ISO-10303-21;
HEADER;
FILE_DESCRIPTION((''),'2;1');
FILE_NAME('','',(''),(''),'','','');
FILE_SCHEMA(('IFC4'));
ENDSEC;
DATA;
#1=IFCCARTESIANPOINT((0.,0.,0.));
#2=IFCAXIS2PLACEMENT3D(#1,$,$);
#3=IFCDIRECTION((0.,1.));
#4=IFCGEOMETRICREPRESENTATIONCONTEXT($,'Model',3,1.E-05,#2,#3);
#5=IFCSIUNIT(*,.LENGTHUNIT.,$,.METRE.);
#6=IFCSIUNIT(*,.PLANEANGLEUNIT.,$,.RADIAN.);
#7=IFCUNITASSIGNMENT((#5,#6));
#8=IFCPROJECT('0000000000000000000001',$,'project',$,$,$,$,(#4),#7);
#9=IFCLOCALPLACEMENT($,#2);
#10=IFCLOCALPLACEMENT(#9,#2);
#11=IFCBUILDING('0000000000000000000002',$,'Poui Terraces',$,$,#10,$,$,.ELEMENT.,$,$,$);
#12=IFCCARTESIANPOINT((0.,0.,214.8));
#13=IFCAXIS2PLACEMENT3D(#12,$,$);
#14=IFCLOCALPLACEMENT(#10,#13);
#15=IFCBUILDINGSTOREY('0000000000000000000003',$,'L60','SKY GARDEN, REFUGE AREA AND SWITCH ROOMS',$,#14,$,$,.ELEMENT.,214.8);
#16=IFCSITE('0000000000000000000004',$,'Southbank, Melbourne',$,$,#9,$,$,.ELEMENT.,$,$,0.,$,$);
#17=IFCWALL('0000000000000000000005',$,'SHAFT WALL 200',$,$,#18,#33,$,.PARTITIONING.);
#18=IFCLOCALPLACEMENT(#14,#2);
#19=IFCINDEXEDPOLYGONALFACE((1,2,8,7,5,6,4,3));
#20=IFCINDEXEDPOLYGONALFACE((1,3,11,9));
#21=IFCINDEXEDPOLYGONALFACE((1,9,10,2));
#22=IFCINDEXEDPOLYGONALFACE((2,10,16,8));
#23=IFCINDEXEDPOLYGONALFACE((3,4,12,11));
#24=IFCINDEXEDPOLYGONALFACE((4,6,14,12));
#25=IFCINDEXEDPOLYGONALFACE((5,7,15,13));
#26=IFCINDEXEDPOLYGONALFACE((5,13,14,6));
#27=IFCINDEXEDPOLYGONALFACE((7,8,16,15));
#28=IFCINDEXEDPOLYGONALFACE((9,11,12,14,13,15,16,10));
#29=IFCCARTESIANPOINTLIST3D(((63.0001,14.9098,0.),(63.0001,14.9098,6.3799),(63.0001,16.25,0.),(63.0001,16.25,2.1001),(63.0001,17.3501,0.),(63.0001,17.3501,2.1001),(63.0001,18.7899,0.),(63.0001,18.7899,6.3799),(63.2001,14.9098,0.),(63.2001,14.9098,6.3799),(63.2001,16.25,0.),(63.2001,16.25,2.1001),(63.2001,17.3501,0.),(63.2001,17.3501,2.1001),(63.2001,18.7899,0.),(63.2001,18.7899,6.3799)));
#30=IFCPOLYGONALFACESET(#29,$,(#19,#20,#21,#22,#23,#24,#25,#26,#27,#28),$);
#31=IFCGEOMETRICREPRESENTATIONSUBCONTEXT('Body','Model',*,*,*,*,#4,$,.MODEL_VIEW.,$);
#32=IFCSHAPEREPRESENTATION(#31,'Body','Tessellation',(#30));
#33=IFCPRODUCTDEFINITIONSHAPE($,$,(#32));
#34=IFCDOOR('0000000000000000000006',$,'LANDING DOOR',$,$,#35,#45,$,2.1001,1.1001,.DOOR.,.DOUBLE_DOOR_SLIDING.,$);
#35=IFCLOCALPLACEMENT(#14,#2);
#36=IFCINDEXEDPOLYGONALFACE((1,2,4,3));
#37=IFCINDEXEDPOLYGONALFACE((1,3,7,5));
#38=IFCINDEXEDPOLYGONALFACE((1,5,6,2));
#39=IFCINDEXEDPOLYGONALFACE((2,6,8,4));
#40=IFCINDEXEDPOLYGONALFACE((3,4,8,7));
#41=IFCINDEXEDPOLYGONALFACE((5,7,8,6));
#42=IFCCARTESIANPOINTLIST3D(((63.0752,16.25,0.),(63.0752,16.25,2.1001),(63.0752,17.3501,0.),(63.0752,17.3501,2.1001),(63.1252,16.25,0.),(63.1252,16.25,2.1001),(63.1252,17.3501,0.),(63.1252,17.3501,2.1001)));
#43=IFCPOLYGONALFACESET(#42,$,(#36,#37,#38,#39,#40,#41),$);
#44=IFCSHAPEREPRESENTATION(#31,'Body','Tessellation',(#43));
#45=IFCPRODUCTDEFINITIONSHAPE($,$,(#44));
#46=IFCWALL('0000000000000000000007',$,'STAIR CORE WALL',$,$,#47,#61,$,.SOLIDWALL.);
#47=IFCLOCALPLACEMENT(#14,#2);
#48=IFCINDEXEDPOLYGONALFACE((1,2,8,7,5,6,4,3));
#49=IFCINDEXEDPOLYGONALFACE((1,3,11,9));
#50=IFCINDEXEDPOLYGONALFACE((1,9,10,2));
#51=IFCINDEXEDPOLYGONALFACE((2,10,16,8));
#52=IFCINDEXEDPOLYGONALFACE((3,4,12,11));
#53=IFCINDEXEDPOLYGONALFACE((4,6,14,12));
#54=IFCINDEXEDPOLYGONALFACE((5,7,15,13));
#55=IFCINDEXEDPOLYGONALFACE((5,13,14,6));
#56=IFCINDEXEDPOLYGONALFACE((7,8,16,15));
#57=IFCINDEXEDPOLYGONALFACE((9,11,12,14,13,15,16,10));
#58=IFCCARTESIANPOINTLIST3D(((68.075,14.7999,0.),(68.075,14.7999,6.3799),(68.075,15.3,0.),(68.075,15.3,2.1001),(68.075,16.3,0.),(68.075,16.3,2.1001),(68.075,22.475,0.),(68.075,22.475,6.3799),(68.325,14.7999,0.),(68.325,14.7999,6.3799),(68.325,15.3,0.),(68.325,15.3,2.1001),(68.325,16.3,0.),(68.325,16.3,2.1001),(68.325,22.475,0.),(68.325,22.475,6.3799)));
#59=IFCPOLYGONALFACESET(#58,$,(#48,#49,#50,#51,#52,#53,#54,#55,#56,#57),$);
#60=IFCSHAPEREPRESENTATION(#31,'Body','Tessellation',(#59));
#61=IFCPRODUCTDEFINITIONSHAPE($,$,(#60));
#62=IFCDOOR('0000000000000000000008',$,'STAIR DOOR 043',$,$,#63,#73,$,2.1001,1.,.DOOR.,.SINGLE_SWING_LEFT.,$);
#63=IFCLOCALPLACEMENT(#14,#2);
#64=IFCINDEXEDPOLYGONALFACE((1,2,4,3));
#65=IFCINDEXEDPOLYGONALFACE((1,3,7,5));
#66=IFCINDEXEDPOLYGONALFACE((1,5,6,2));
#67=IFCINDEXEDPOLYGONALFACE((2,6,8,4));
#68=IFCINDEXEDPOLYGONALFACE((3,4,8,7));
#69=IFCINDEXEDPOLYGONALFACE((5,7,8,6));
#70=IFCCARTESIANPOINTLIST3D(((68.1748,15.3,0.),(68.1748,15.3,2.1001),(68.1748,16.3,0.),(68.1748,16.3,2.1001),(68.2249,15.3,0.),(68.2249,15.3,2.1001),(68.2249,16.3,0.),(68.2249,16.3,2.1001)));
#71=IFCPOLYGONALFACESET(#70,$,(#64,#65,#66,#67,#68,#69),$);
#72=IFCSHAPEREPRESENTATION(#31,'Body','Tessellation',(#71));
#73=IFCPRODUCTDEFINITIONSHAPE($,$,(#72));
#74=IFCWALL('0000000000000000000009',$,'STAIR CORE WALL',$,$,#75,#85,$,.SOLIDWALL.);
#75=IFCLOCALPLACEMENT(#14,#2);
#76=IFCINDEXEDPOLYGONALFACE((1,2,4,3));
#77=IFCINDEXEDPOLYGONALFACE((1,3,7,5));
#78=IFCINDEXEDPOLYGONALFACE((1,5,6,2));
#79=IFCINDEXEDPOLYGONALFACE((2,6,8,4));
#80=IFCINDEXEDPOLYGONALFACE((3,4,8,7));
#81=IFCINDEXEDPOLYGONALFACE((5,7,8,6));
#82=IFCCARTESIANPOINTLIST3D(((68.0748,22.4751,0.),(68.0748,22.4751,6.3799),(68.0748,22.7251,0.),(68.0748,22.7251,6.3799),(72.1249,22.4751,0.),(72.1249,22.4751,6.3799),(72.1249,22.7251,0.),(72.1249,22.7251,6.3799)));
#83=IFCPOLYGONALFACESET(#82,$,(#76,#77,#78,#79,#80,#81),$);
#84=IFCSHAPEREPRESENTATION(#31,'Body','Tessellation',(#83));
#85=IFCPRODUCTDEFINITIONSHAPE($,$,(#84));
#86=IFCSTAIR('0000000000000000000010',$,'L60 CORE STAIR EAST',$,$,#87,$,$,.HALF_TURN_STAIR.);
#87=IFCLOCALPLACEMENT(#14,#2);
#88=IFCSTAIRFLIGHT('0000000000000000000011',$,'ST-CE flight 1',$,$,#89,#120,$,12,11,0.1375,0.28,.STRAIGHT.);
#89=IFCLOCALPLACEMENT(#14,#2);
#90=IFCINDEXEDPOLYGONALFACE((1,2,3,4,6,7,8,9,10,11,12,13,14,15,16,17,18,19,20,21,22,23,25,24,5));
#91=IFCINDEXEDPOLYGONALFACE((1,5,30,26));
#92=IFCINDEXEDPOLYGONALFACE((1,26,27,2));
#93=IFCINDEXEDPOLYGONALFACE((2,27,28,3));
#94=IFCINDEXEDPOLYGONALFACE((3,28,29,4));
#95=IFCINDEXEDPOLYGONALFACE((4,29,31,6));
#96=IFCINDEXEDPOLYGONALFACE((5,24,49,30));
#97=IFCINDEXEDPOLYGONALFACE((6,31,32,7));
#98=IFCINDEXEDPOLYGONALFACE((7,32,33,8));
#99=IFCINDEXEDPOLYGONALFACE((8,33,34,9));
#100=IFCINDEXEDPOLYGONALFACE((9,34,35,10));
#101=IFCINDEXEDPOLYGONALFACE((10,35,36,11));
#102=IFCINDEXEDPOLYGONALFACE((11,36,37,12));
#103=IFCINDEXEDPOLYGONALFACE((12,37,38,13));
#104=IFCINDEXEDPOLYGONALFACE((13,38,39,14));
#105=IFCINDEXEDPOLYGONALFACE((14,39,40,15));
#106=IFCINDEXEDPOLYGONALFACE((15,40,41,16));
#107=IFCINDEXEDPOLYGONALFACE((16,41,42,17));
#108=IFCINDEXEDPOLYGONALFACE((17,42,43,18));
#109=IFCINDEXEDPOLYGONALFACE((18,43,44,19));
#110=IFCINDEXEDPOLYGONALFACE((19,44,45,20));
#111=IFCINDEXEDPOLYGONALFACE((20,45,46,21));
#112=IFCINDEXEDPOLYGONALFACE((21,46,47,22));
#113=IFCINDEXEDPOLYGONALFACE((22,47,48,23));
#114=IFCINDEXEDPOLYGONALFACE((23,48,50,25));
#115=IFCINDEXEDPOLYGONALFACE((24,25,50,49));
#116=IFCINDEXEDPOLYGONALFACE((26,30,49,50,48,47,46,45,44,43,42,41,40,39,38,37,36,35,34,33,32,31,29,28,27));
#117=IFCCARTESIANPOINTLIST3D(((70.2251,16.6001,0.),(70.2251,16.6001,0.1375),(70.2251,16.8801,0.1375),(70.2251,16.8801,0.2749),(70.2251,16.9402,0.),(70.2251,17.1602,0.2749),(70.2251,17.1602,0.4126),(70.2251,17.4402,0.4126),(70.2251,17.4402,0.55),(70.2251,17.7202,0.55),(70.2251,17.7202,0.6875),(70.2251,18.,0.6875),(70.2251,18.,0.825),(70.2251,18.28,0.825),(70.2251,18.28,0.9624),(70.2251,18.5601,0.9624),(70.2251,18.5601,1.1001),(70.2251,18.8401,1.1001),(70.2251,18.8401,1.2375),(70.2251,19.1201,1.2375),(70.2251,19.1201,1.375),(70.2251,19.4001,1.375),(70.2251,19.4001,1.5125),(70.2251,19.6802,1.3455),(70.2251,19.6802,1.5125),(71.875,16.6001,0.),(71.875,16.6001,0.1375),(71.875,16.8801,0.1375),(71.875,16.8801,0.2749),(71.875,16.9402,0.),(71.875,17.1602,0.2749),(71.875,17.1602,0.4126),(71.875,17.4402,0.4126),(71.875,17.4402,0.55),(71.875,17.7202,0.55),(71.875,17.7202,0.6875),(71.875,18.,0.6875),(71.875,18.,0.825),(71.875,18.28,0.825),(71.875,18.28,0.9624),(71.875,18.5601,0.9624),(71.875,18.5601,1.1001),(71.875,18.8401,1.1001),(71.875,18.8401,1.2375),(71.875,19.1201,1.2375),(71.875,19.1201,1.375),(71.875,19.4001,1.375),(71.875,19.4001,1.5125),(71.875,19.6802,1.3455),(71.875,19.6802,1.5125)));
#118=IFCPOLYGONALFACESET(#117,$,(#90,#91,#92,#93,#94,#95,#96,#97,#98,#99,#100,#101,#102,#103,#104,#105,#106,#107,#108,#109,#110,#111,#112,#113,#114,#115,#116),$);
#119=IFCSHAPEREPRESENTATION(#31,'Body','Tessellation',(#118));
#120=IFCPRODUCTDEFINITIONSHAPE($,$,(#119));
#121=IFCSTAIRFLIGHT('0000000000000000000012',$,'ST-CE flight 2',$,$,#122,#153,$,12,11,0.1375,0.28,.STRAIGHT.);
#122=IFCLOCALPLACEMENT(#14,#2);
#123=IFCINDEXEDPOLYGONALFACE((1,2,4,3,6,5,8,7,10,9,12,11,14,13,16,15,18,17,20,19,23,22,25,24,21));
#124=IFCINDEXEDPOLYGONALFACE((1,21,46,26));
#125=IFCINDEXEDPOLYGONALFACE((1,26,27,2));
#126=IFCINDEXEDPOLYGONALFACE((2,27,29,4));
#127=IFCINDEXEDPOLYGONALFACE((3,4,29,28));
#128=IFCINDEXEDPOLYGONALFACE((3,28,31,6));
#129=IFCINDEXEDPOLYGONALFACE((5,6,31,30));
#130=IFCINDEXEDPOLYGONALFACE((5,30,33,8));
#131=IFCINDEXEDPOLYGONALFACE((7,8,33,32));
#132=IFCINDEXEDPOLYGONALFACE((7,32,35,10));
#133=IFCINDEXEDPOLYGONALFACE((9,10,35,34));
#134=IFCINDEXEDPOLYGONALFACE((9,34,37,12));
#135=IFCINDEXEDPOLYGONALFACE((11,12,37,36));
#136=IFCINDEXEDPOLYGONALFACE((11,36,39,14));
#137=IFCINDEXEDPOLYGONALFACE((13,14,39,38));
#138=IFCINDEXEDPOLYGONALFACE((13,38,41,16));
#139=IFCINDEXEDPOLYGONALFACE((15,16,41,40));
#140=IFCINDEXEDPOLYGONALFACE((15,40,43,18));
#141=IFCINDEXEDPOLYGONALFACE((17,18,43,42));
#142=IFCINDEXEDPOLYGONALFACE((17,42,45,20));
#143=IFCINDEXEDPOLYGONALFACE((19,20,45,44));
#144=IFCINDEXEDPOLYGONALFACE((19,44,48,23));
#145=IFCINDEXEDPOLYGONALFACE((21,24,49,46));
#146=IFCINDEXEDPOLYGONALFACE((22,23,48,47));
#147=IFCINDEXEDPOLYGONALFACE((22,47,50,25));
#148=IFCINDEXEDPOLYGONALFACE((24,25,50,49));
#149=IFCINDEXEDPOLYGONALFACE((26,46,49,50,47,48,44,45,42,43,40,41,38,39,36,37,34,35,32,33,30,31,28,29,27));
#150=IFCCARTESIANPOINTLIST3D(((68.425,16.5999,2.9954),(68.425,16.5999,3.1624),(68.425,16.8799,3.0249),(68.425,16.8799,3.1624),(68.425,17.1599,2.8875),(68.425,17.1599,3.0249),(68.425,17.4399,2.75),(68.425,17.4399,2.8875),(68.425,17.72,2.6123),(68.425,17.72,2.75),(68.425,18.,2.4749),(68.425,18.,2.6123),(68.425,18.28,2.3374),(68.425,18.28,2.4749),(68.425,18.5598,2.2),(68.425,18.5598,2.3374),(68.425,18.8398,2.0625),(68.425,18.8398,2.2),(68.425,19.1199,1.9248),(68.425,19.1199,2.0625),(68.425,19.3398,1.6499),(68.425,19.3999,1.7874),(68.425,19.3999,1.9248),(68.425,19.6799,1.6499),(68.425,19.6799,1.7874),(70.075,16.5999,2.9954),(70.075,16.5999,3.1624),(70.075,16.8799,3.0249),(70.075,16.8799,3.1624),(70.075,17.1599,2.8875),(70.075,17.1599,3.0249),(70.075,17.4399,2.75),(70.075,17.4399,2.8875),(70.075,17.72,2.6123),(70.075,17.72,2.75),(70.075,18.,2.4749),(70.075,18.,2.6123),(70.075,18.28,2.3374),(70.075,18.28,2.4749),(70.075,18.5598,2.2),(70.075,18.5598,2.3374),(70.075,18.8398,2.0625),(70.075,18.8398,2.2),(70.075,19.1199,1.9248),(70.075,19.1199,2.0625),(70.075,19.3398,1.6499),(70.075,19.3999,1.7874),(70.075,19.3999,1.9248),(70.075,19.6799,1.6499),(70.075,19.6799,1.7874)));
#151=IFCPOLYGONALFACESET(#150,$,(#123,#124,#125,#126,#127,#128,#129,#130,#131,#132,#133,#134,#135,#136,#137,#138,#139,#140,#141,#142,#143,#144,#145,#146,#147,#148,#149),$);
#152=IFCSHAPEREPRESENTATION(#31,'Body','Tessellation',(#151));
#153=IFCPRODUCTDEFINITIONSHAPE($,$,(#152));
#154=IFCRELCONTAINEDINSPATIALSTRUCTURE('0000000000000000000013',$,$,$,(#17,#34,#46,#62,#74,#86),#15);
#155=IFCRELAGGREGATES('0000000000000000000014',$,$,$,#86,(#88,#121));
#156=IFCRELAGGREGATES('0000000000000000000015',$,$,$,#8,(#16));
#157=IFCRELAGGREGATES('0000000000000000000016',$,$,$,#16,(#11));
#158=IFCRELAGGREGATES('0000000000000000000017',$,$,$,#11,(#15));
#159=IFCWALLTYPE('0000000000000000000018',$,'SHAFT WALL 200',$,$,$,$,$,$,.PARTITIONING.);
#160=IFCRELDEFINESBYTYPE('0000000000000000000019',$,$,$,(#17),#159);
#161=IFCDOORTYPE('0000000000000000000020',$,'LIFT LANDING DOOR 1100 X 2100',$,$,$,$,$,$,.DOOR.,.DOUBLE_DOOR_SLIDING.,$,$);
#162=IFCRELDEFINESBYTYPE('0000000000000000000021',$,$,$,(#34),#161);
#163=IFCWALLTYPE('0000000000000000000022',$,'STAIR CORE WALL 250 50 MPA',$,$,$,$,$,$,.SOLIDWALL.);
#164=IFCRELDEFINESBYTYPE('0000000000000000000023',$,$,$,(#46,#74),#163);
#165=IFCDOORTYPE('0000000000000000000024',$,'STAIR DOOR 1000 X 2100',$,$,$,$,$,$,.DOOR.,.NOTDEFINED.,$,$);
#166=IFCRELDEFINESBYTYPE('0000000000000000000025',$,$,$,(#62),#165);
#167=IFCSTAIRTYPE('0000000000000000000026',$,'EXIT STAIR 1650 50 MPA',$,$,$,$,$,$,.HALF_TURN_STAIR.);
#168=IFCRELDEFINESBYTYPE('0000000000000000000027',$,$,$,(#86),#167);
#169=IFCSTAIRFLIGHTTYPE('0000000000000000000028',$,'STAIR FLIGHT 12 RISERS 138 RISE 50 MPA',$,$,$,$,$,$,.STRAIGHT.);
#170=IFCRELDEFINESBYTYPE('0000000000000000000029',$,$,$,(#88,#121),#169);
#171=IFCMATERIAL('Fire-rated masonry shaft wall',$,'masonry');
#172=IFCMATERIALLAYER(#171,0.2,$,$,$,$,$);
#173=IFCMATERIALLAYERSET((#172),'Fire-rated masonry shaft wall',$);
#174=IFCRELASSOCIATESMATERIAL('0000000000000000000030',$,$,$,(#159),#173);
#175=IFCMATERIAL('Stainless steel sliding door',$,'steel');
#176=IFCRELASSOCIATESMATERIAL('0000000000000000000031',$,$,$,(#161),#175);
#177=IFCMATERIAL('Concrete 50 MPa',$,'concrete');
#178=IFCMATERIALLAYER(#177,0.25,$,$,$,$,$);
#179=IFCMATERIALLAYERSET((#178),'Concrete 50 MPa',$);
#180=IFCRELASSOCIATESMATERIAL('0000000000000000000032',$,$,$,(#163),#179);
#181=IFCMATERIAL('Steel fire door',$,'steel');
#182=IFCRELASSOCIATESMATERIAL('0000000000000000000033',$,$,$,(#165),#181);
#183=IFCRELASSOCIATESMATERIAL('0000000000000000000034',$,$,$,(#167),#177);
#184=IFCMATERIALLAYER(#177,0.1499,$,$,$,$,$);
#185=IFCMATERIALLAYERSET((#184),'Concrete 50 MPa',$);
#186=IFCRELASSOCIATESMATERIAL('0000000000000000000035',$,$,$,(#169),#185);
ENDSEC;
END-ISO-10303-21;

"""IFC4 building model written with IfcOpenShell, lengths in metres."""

from ifc_helpers import new_model, si_unit, direction, frame, frame_2d, origin, place, context, subcontext, project, spatial, polyline, rectangle, outline, extrude, material, layer, layer_set, type_object, element, fill, aggregate, save


model = new_model("IFC4")

# Units and contexts
model_context = context("Model", 3, precision=1e-05, world=origin(), true_north=direction((0.0, 1.0)))
body_context = subcontext(model_context, "Body", "Model", "MODEL_VIEW")
ifc_project = project(units=[si_unit("LENGTHUNIT", "METRE"), si_unit("PLANEANGLEUNIT", "RADIAN")], contexts=[model_context])

# Site, building, storey
site_placement = place(None, origin())
site = spatial("IfcSite", under=ifc_project, at=site_placement, Name="Southbank, Melbourne", CompositionType="ELEMENT", RefElevation=0.0)
building_placement = place(site_placement, origin())
building = spatial("IfcBuilding", under=site, at=building_placement, Name="Poui Terraces", CompositionType="ELEMENT")
storey_placement = place(building_placement, frame((0.0, 0.0, 214.8)))
storey = spatial("IfcBuildingStorey", under=building, at=storey_placement, Name="L60", Description="SKY GARDEN, REFUGE AREA AND SWITCH ROOMS", CompositionType="ELEMENT", Elevation=214.8)

# Shared definitions
ifc_material_1 = material(Name="Concrete 50 MPa", Category="concrete")
ifc_material_2 = material(Name="Steel fire door", Category="steel")

# Shared definitions
ifc_material_3 = material(Name="Fire-rated masonry shaft wall", Category="masonry")
ifc_layer_1 = layer(ifc_material_3, 0.2)
ifc_layer_set_1 = layer_set([ifc_layer_1], Name="Fire-rated masonry shaft wall")
wall_type_1 = type_object("IfcWallType", Name="SHAFT WALL 200", PredefinedType="PARTITIONING", material=ifc_layer_set_1)

# Walls, openings, doors
wall_1_placement = place(storey_placement, frame((63.1001, 14.9099, 0.0), z_axis=(0.0, 0.0, 1.0), x_axis=(0.0, 1.0, 0.0)))
wall_1 = element("IfcWall", 1, at=wall_1_placement, inside=storey, type_object=wall_type_1, Name="SHAFT WALL 200", PredefinedType="PARTITIONING", context=body_context, shape_type="SweptSolid", body=[
    extrude(rectangle(XDim=3.8801, YDim=0.2, at=frame_2d((1.9399, 0.0))), origin(), (0.0, 0.0, 1.0), 6.3799),
])
opening_1_placement = place(wall_1_placement, frame((1.3401, 0.0, 0.0)))
opening_1 = element("IfcOpeningElement", 2, at=opening_1_placement, cuts=wall_1, PredefinedType="OPENING", context=body_context, shape_type="SweptSolid", body=[
    extrude(rectangle(XDim=1.1001, YDim=2.1001, at=frame_2d((0.55, 1.05))), frame((0.0, 0.1099, 0.0), z_axis=(0.0, -1.0, 0.0), x_axis=(1.0, 0.0, 0.0)), (0.0, 0.0, 1.0), 0.22),
])
ifc_material_4 = material(Name="Stainless steel sliding door", Category="steel")
door_type_1 = type_object("IfcDoorType", Name="LIFT LANDING DOOR 1100 X 2100", OperationType="DOUBLE_DOOR_SLIDING", PredefinedType="DOOR", material=ifc_material_4)
door_1_placement = place(opening_1_placement, origin())
door_1 = element("IfcDoor", 3, at=door_1_placement, inside=storey, type_object=door_type_1, Name="LANDING DOOR", OperationType="DOUBLE_DOOR_SLIDING", OverallHeight=2.1001, OverallWidth=1.1001, PredefinedType="DOOR", context=body_context, shape_type="SweptSolid", body=[
    extrude(rectangle(XDim=1.1001, YDim=2.1001, at=frame_2d((0.55, 1.05))), frame((0.0, 0.0249, 0.0), z_axis=(0.0, -1.0, 0.0), x_axis=(1.0, 0.0, 0.0)), (0.0, 0.0, 1.0), 0.05),
])
fill(opening_1, door_1)
ifc_layer_2 = layer(ifc_material_1, 0.25)
ifc_layer_set_2 = layer_set([ifc_layer_2], Name="Concrete 50 MPa")
wall_type_2 = type_object("IfcWallType", Name="STAIR CORE WALL 250 50 MPA", PredefinedType="SOLIDWALL", material=ifc_layer_set_2)
wall_2_placement = place(storey_placement, frame((68.2, 14.8, 0.0), z_axis=(0.0, 0.0, 1.0), x_axis=(0.0, 1.0, 0.0)))
wall_2 = element("IfcWall", 4, at=wall_2_placement, inside=storey, type_object=wall_type_2, Name="STAIR CORE WALL", PredefinedType="SOLIDWALL", context=body_context, shape_type="SweptSolid", body=[
    extrude(rectangle(XDim=7.675, YDim=0.25, at=frame_2d((3.8374, 0.0))), origin(), (0.0, 0.0, 1.0), 6.3799),
])
opening_2_placement = place(wall_2_placement, frame((0.5, 0.0, 0.0)))
opening_2 = element("IfcOpeningElement", 5, at=opening_2_placement, cuts=wall_2, PredefinedType="OPENING", context=body_context, shape_type="SweptSolid", body=[
    extrude(rectangle(XDim=1.0, YDim=2.1001, at=frame_2d((0.5, 1.05))), frame((0.0, 0.135, 0.0), z_axis=(0.0, -1.0, 0.0), x_axis=(1.0, 0.0, 0.0)), (0.0, 0.0, 1.0), 0.27),
])
door_type_2 = type_object("IfcDoorType", Name="STAIR DOOR 1000 X 2100", OperationType="NOTDEFINED", PredefinedType="DOOR", material=ifc_material_2)
door_2_placement = place(opening_2_placement, frame((1.0, 0.0, 0.0), z_axis=(0.0, 0.0, 1.0), x_axis=(-1.0, 0.0, 0.0)))
door_2 = element("IfcDoor", 6, at=door_2_placement, inside=storey, type_object=door_type_2, Name="STAIR DOOR 043", OperationType="SINGLE_SWING_LEFT", OverallHeight=2.1001, OverallWidth=1.0, PredefinedType="DOOR", context=body_context, shape_type="SweptSolid", body=[
    extrude(rectangle(XDim=1.0, YDim=2.1001, at=frame_2d((0.5, 1.05))), frame((0.0, 0.0249, 0.0), z_axis=(0.0, -1.0, 0.0), x_axis=(1.0, 0.0, 0.0)), (0.0, 0.0, 1.0), 0.05),
])
fill(opening_2, door_2)

# Wall
wall_3_placement = place(storey_placement, frame((68.075, 22.6001, 0.0), z_axis=(0.0, 0.0, 1.0), x_axis=(1.0, 0.0, 0.0)))
element("IfcWall", 7, at=wall_3_placement, inside=storey, type_object=wall_type_2, Name="STAIR CORE WALL", PredefinedType="SOLIDWALL", context=body_context, shape_type="SweptSolid", body=[
    extrude(rectangle(XDim=4.05, YDim=0.25, at=frame_2d((2.0249, 0.0))), origin(), (0.0, 0.0, 1.0), 6.3799),
])

# Stair, stair flights
stair_type = type_object("IfcStairType", Name="EXIT STAIR 1650 50 MPA", PredefinedType="HALF_TURN_STAIR", material=ifc_material_1)
stair_placement = place(storey_placement, origin())
stair = element("IfcStair", 8, at=stair_placement, inside=storey, type_object=stair_type, Name="L60 CORE STAIR EAST", PredefinedType="HALF_TURN_STAIR")
ifc_layer_3 = layer(ifc_material_1, 0.1499)
ifc_layer_set_3 = layer_set([ifc_layer_3], Name="Concrete 50 MPa")
stair_flight_type = type_object("IfcStairFlightType", Name="STAIR FLIGHT 12 RISERS 138 RISE 50 MPA", PredefinedType="STRAIGHT", material=ifc_layer_set_3)
stair_flight_1_placement = place(storey_placement, frame((71.05, 16.6001, 0.0), z_axis=(0.0, 0.0, 1.0), x_axis=(0.0, 1.0, 0.0)))
stair_flight_1 = element("IfcStairFlight", 9, at=stair_flight_1_placement, type_object=stair_flight_type, Name="ST-CE flight 1", NumberOfRisers=12, NumberOfTreads=11, PredefinedType="STRAIGHT", RiserHeight=0.1375, TreadLength=0.28, context=body_context, shape_type="SweptSolid", body=[
    extrude(outline(polyline([(0.0, 0.0), (0.0, 0.1375), (0.28, 0.1375), (0.28, 0.2749), (0.5601, 0.2749), (0.5601, 0.4126), (0.8401, 0.4126), (0.8401, 0.55), (1.1201, 0.55), (1.1201, 0.6875), (1.3999, 0.6875), (1.3999, 0.825), (1.6799, 0.825), (1.6799, 0.9624), (1.96, 0.9624), (1.96, 1.1001), (2.24, 1.1001), (2.24, 1.2375), (2.52, 1.2375), (2.52, 1.375), (2.8, 1.375), (2.8, 1.5125), (3.0801, 1.5125), (3.0801, 1.6499), (3.0801, 1.3455), (0.3401, 0.0), (0.0, 0.0)])), frame((0.0, 0.825, 0.0), z_axis=(0.0, -1.0, 0.0), x_axis=(1.0, 0.0, 0.0)), (0.0, 0.0, 1.0), 1.6499),
])
stair_flight_2_placement = place(storey_placement, frame((69.25, 19.6799, 1.6499), z_axis=(0.0, 0.0, 1.0), x_axis=(0.0, -1.0, 0.0)))
stair_flight_2 = element("IfcStairFlight", 10, at=stair_flight_2_placement, type_object=stair_flight_type, Name="ST-CE flight 2", NumberOfRisers=12, NumberOfTreads=11, PredefinedType="STRAIGHT", RiserHeight=0.1375, TreadLength=0.28, context=body_context, shape_type="SweptSolid", body=[
    extrude(outline(polyline([(0.0, 0.0), (0.0, 0.1375), (0.28, 0.1375), (0.28, 0.2749), (0.5601, 0.2749), (0.5601, 0.4126), (0.8401, 0.4126), (0.8401, 0.55), (1.1201, 0.55), (1.1201, 0.6875), (1.3999, 0.6875), (1.3999, 0.825), (1.6799, 0.825), (1.6799, 0.9624), (1.96, 0.9624), (1.96, 1.1001), (2.24, 1.1001), (2.24, 1.2375), (2.52, 1.2375), (2.52, 1.375), (2.8, 1.375), (2.8, 1.5125), (3.0801, 1.5125), (3.0801, 1.6499), (3.0801, 1.3455), (0.3401, 0.0), (0.0, 0.0)])), frame((0.0, 0.825, 0.0), z_axis=(0.0, -1.0, 0.0), x_axis=(1.0, 0.0, 0.0)), (0.0, 0.0, 1.0), 1.6499),
])
aggregate(stair, [stair_flight_1, stair_flight_2])

save(model, "model.ifc")
